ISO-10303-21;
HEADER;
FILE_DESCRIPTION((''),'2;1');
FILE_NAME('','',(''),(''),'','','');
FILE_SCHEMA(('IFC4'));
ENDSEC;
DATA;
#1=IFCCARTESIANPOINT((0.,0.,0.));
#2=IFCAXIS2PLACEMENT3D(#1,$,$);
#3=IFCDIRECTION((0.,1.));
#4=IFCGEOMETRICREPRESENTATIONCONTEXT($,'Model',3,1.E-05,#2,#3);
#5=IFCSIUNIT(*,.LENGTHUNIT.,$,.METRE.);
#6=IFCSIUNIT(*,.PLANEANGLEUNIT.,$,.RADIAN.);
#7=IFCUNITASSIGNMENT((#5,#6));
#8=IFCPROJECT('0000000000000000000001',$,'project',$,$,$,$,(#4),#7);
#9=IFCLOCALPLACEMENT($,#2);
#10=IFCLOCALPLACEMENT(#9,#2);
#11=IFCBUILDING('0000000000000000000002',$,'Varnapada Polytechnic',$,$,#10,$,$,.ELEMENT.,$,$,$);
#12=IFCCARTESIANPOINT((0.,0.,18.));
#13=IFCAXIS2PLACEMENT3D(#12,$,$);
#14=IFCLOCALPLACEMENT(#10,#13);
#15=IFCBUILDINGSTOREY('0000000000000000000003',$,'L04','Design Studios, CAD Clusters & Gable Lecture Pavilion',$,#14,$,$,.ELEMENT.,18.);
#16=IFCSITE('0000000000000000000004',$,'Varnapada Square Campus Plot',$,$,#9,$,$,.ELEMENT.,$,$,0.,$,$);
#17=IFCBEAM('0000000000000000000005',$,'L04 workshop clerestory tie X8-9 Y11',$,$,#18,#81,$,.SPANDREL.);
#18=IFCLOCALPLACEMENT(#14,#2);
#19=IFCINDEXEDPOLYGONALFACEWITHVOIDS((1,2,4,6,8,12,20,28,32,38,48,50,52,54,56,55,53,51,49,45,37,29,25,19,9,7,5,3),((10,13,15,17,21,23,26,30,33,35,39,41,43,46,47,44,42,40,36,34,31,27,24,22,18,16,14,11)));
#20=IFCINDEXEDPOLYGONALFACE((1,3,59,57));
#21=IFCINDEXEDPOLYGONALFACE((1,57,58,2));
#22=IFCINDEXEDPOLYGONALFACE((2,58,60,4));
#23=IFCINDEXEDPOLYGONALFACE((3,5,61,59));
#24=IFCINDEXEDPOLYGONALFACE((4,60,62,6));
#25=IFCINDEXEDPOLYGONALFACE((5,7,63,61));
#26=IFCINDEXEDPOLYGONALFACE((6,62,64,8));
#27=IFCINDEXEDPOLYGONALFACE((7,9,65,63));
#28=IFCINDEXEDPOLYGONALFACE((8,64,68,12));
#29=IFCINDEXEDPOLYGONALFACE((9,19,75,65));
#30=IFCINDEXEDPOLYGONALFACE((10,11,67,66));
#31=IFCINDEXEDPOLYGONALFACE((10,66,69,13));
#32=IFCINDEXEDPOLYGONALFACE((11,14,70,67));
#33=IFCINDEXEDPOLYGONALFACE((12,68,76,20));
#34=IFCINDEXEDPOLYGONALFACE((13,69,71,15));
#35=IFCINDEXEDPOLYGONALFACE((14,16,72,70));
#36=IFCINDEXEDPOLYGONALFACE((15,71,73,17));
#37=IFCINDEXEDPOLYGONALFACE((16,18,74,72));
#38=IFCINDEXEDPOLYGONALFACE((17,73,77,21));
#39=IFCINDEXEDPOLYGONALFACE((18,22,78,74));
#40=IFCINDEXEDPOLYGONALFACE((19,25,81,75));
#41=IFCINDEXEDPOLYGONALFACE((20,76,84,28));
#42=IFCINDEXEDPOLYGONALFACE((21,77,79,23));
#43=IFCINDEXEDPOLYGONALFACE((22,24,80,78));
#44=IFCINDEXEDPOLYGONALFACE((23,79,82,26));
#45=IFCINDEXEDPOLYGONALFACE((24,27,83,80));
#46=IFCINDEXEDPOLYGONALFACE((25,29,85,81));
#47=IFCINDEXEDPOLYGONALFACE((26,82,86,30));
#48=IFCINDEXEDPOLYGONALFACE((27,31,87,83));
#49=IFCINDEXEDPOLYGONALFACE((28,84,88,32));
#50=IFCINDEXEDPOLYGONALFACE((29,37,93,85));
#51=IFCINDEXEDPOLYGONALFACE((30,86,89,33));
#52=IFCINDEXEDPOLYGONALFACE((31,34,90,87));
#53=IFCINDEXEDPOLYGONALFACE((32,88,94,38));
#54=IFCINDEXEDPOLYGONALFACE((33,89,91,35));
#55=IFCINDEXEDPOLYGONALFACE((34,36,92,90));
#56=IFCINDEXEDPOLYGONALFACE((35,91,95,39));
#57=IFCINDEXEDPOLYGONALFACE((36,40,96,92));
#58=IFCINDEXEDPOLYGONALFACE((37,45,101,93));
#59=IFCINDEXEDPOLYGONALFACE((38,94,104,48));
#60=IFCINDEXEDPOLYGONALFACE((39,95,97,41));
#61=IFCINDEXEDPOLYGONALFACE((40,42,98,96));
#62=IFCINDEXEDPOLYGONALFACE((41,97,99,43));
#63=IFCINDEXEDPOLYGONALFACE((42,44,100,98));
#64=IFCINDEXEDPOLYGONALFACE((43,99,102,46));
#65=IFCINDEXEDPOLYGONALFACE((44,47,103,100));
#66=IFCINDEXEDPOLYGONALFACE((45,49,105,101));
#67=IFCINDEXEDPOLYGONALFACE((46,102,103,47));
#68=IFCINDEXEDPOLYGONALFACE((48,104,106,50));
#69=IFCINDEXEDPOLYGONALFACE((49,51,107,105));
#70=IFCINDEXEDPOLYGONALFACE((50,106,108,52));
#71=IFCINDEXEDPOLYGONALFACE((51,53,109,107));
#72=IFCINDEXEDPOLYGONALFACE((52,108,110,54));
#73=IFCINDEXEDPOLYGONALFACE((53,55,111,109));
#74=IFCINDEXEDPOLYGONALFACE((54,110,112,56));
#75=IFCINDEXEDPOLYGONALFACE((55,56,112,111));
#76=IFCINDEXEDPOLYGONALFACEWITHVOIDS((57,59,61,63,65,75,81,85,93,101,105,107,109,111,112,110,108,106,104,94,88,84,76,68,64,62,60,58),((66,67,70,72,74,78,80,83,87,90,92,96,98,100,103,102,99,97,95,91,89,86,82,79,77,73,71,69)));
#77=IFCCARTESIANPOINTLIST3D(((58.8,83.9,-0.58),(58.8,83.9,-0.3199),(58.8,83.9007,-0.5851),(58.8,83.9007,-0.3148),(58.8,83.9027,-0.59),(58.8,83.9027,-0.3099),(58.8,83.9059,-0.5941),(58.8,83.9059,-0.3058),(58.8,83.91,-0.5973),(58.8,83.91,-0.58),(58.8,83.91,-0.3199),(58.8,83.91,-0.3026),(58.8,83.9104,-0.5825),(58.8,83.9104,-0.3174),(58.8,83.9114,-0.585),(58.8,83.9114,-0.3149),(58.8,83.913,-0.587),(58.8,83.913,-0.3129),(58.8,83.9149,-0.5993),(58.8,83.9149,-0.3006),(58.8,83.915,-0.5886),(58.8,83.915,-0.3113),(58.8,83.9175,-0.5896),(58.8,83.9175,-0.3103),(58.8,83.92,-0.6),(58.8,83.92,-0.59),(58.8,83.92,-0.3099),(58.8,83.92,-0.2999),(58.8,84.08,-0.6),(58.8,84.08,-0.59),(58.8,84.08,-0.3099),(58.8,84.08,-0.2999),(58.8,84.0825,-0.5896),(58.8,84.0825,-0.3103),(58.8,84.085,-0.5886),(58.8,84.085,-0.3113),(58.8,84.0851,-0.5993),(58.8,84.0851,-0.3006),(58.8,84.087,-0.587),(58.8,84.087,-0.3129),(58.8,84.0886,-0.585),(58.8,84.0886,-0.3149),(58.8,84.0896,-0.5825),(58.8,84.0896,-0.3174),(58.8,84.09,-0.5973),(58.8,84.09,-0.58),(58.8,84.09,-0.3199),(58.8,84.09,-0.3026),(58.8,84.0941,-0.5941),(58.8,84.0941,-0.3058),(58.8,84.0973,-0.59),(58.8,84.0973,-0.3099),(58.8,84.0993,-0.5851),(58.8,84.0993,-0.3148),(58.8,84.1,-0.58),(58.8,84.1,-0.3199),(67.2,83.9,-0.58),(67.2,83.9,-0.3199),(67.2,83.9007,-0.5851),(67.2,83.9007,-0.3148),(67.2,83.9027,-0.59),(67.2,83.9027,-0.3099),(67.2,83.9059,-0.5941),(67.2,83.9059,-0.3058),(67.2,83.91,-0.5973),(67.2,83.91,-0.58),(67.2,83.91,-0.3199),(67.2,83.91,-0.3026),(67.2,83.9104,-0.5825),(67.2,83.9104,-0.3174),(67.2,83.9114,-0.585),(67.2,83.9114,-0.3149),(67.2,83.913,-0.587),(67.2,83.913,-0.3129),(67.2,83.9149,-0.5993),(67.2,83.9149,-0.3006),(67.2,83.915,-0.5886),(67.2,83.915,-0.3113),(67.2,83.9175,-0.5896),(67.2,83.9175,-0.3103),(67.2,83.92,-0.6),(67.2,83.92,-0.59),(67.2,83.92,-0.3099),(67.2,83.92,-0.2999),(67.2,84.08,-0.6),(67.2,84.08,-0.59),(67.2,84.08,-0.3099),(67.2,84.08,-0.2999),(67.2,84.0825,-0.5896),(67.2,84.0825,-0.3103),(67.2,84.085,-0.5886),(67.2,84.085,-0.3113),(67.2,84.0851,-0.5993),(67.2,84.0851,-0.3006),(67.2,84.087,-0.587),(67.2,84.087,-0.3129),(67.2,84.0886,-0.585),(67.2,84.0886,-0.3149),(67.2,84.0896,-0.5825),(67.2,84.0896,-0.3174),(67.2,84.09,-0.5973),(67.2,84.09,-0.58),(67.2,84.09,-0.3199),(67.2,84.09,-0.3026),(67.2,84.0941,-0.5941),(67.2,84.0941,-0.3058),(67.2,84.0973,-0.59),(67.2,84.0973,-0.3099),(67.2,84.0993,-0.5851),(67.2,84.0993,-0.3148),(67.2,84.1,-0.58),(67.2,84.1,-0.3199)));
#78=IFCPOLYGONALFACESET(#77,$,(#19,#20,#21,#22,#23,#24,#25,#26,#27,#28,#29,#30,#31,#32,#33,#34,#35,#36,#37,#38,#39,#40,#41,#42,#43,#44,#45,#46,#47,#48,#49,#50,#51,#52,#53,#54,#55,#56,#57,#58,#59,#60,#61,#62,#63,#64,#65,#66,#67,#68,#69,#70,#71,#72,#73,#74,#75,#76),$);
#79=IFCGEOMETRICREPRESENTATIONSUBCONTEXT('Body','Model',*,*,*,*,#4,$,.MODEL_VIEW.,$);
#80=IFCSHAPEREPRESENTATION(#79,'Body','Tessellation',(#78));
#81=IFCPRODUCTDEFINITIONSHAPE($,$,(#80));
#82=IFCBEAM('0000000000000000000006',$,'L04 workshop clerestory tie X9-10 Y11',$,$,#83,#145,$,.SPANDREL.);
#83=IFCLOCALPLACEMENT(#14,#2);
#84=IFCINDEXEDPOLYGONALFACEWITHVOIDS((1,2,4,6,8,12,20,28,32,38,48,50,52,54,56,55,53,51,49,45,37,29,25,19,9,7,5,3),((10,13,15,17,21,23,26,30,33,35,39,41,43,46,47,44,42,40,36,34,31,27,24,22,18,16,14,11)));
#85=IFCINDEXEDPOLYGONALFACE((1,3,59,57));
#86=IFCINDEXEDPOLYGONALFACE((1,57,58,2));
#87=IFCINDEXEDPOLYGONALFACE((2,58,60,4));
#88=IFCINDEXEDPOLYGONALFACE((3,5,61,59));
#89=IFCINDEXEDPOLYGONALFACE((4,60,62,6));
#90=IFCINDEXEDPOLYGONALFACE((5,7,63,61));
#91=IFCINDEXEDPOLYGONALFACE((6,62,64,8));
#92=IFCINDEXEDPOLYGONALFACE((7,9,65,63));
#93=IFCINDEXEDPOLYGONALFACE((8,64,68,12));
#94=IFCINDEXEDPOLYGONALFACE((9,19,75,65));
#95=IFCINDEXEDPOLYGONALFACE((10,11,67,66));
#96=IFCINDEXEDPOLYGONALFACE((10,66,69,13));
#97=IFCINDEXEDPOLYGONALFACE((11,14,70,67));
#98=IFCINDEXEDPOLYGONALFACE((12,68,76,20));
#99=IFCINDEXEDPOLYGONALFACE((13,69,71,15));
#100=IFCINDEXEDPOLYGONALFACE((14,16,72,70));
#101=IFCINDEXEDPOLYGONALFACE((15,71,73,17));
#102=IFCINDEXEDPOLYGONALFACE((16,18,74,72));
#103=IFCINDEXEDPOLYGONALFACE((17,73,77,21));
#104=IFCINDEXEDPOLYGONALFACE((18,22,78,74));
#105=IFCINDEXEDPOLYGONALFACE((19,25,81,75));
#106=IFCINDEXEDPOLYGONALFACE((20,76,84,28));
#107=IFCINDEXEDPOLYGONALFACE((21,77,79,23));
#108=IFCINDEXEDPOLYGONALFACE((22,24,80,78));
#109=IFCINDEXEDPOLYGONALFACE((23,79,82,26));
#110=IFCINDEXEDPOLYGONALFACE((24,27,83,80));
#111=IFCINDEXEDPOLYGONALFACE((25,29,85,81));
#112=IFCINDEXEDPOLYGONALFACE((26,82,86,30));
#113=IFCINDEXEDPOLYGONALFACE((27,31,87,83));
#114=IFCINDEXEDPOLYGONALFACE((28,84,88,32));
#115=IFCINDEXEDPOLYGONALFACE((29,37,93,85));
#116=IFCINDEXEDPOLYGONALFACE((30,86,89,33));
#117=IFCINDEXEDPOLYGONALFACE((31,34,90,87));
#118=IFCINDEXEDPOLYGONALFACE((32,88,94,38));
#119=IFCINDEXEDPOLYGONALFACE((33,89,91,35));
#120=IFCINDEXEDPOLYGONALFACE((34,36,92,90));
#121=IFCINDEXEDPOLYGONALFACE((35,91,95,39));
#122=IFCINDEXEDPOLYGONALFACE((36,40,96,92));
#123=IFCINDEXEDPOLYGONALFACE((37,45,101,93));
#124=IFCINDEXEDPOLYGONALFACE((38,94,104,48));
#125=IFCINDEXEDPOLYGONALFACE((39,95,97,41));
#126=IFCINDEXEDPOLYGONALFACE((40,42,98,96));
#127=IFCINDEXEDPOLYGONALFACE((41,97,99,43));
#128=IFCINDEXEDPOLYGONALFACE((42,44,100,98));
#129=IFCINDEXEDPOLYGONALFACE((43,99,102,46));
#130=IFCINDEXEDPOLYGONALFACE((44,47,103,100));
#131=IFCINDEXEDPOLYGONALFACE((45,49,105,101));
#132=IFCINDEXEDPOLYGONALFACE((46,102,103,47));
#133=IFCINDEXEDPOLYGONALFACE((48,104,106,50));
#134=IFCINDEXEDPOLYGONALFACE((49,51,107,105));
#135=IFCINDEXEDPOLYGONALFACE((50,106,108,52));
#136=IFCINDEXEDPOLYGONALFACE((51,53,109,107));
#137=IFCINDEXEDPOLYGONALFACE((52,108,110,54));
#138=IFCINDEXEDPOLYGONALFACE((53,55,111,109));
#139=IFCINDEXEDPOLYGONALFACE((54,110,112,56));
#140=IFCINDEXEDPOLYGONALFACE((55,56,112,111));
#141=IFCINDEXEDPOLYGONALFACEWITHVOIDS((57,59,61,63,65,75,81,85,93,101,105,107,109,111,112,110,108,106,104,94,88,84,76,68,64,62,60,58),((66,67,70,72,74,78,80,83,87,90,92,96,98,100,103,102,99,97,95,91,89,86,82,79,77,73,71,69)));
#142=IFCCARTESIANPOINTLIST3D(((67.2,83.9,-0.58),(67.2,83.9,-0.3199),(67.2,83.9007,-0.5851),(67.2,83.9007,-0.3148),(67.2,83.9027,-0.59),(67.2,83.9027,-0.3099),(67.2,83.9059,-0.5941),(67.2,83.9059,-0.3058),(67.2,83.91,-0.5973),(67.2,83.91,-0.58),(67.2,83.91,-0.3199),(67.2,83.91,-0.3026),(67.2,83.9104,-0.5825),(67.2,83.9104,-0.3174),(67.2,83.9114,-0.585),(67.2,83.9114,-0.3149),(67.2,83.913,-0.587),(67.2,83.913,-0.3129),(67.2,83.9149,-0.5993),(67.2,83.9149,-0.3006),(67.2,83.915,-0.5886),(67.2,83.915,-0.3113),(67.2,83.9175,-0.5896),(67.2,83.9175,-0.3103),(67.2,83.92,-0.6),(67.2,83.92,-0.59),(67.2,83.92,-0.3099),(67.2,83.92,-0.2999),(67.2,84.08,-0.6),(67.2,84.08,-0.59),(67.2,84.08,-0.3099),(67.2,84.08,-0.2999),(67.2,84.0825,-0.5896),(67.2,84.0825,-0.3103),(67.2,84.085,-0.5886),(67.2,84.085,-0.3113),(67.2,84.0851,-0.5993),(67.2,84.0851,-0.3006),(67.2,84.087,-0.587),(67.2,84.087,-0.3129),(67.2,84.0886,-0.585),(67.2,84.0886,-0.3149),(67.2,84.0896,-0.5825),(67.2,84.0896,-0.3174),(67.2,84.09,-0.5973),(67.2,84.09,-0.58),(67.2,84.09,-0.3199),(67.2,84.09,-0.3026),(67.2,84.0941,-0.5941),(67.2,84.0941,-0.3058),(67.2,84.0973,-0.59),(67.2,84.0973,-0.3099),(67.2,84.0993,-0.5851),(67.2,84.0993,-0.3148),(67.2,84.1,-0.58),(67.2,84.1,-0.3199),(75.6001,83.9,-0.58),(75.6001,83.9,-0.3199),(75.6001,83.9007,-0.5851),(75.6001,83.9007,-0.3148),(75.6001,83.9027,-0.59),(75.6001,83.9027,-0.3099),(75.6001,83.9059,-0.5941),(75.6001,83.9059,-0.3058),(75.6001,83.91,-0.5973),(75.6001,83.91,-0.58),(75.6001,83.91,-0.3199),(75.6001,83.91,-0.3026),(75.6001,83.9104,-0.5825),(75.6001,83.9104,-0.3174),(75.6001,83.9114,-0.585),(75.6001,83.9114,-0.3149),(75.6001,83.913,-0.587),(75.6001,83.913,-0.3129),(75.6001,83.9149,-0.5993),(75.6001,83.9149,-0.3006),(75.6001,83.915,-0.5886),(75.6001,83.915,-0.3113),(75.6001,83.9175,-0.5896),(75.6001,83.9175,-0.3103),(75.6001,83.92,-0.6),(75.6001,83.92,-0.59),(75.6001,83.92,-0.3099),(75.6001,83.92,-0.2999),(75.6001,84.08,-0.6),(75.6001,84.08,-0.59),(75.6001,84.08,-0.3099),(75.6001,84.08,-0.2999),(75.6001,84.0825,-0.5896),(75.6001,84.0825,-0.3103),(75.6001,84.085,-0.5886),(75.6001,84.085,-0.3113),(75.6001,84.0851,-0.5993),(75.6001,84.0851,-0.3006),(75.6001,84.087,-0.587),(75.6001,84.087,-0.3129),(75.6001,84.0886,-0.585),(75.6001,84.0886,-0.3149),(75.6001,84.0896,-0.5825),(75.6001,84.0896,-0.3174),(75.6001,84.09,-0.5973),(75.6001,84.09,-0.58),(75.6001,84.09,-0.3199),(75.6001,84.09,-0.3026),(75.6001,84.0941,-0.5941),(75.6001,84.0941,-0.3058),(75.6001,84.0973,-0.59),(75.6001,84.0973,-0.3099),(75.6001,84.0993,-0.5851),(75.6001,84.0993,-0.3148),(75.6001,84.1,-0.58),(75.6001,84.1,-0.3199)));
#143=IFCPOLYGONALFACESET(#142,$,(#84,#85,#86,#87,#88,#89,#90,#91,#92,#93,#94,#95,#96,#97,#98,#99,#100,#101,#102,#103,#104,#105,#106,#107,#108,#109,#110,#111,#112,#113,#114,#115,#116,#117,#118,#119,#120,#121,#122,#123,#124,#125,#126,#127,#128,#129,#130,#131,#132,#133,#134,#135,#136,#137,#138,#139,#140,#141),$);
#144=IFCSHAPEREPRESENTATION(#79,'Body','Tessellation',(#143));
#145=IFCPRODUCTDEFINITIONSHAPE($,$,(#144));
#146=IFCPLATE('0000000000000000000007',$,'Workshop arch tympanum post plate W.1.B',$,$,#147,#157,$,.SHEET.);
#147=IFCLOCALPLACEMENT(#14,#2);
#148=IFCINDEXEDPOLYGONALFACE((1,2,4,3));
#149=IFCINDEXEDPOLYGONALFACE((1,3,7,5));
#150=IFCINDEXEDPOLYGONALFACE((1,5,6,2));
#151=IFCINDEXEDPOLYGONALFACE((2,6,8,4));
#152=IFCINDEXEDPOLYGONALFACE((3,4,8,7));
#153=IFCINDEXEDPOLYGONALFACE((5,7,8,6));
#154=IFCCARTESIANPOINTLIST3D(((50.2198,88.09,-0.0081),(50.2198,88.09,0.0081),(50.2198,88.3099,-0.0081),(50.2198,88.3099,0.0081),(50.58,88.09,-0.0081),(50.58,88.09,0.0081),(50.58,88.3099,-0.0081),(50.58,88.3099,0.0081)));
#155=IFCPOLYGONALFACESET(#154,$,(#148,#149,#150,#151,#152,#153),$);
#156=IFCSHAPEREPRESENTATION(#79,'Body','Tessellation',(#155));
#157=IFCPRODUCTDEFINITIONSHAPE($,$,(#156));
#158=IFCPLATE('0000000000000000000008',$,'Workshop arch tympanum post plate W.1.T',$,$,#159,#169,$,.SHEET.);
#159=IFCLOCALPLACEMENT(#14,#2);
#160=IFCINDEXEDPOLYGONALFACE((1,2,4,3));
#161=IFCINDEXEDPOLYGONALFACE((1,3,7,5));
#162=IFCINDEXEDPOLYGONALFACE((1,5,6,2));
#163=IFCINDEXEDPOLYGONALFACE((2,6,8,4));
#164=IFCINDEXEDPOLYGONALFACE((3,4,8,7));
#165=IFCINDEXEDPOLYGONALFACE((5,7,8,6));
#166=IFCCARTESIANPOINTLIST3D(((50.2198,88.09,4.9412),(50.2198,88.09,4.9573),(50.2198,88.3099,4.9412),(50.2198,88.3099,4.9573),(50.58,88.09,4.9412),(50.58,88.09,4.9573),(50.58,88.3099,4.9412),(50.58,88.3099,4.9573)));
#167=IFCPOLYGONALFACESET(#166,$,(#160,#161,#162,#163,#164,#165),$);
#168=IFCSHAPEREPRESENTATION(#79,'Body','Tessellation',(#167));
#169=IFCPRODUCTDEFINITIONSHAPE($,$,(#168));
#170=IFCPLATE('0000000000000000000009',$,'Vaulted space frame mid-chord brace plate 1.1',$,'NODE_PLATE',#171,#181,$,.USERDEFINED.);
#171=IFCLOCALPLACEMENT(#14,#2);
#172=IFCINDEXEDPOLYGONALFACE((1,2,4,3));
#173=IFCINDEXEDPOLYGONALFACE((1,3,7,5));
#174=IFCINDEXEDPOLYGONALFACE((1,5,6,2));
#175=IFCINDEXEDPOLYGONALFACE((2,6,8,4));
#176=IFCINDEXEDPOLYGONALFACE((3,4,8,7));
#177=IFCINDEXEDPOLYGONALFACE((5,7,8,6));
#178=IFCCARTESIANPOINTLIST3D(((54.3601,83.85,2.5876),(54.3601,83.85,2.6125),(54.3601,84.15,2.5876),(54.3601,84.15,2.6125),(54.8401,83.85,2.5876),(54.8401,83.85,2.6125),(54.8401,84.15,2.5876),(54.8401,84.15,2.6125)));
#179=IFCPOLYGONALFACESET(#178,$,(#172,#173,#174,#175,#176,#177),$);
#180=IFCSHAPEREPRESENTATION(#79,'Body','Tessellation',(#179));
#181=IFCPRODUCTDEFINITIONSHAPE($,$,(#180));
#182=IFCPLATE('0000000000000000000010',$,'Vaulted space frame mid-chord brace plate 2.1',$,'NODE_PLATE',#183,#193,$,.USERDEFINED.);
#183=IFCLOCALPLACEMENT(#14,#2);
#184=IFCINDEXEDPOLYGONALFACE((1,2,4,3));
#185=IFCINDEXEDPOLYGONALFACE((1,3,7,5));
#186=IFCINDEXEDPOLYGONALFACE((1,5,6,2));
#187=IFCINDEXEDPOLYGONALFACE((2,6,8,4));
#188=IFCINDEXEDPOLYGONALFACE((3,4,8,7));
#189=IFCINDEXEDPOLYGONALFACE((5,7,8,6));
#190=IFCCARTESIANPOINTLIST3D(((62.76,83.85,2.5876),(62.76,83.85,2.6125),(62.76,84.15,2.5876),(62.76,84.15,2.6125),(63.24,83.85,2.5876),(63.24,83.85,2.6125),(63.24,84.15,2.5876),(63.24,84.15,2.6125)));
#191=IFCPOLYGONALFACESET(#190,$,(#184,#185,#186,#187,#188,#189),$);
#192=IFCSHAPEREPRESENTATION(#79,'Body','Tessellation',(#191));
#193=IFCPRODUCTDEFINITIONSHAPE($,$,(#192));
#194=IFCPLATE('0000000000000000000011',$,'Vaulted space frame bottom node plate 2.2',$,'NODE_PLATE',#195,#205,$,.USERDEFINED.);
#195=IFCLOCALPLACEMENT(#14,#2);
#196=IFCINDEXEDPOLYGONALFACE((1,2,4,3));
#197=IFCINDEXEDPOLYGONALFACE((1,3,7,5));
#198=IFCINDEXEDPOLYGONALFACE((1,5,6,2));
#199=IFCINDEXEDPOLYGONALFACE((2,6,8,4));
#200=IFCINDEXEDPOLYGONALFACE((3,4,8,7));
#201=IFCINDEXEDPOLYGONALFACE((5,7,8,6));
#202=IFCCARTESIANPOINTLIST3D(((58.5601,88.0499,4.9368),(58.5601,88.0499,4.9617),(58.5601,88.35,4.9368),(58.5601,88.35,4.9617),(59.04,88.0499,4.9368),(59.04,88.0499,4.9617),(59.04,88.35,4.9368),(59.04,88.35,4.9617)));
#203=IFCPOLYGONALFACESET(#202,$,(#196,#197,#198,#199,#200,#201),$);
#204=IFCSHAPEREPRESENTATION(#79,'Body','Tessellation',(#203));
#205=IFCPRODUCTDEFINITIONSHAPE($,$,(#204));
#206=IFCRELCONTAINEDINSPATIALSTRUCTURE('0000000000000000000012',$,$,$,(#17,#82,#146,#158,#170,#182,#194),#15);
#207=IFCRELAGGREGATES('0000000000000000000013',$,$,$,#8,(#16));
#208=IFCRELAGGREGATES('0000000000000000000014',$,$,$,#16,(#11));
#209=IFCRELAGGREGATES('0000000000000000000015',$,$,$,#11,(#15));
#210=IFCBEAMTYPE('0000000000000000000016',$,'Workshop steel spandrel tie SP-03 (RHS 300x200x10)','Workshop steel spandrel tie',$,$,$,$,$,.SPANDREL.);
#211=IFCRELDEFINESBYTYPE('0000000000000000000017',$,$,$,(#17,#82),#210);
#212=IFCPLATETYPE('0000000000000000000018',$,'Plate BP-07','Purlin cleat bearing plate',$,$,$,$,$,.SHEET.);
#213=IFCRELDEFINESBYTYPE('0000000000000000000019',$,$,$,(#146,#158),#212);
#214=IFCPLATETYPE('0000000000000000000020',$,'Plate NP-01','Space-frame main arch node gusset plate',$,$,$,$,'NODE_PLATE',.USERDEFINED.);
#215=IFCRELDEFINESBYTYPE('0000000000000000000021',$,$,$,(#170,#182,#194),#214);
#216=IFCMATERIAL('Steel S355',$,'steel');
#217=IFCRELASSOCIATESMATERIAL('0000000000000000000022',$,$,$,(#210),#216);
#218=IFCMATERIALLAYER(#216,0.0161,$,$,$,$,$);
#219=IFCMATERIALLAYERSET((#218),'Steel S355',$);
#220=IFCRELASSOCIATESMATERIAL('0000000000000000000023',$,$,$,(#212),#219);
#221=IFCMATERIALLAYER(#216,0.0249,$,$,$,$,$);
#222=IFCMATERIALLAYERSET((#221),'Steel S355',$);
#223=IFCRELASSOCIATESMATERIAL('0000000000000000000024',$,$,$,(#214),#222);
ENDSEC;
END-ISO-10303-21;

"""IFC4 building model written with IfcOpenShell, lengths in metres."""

from ifc_helpers import new_model, si_unit, direction, frame, origin, origin_2d, place, context, subcontext, project, spatial, rectangle, hollow_rectangle, extrude, material, layer, layer_set, material_profile, profile_set, type_object, element, save


model = new_model("IFC4")

# Units and contexts
model_context = context("Model", 3, precision=1e-05, world=origin(), true_north=direction((0.0, 1.0)))
body_context = subcontext(model_context, "Body", "Model", "MODEL_VIEW")
ifc_project = project(units=[si_unit("LENGTHUNIT", "METRE"), si_unit("PLANEANGLEUNIT", "RADIAN")], contexts=[model_context])

# Site, building, storey
site_placement = place(None, origin())
site = spatial("IfcSite", under=ifc_project, at=site_placement, Name="Varnapada Square Campus Plot", CompositionType="ELEMENT", RefElevation=0.0)
building_placement = place(site_placement, origin())
building = spatial("IfcBuilding", under=site, at=building_placement, Name="Varnapada Polytechnic", CompositionType="ELEMENT")
storey_placement = place(building_placement, frame((0.0, 0.0, 18.0)))
storey = spatial("IfcBuildingStorey", under=building, at=storey_placement, Name="L04", Description="Design Studios, CAD Clusters & Gable Lecture Pavilion", CompositionType="ELEMENT", Elevation=18.0)

# Shared definitions
ifc_material = material(Name="Steel S355", Category="steel")

# Beams
ifc_material_profile_1 = material_profile(ifc_material, hollow_rectangle(XDim=0.2, YDim=0.3, WallThickness=0.01, InnerFilletRadius=0.01, OuterFilletRadius=0.02, at=origin_2d()), Name="RHS 300x200x10")
ifc_profile_set_1 = profile_set([ifc_material_profile_1], Name="Steel S355")
beam_type_1 = type_object("IfcBeamType", Name="Workshop steel spandrel tie SP-03 (RHS 300x200x10)", Description="Workshop steel spandrel tie", PredefinedType="SPANDREL", material=ifc_profile_set_1)
beam_1_placement = place(storey_placement, frame((58.8, 84.0, -0.45), z_axis=(1.0, 0.0, 0.0), x_axis=(0.0, 1.0, 0.0)))
element("IfcBeam", 1, at=beam_1_placement, inside=storey, type_object=beam_type_1, Name="L04 workshop clerestory tie X8-9 Y11", PredefinedType="SPANDREL", context=body_context, shape_type="SweptSolid", body=[
    extrude(hollow_rectangle(XDim=0.2, YDim=0.3, WallThickness=0.01, InnerFilletRadius=0.01, OuterFilletRadius=0.02, at=origin_2d()), origin(), (0.0, 0.0, 1.0), 8.3999),
])
beam_2_placement = place(storey_placement, frame((67.2, 84.0, -0.45), z_axis=(1.0, 0.0, 0.0), x_axis=(0.0, 1.0, 0.0)))
element("IfcBeam", 2, at=beam_2_placement, inside=storey, type_object=beam_type_1, Name="L04 workshop clerestory tie X9-10 Y11", PredefinedType="SPANDREL", context=body_context, shape_type="SweptSolid", body=[
    extrude(hollow_rectangle(XDim=0.2, YDim=0.3, WallThickness=0.01, InnerFilletRadius=0.01, OuterFilletRadius=0.02, at=origin_2d()), origin(), (0.0, 0.0, 1.0), 8.4001),
])

# Plates
ifc_layer_1 = layer(ifc_material, 0.0161)
ifc_layer_set_1 = layer_set([ifc_layer_1], Name="Steel S355")
plate_type_1 = type_object("IfcPlateType", Name="Plate BP-07", Description="Purlin cleat bearing plate", PredefinedType="SHEET", material=ifc_layer_set_1)
for number, where, z_axis, x_axis, name in (
    (3, (50.3999, 88.2, -0.0081), (0.0, 0.0, 1.0), (1.0, 0.0, 0.0), "Workshop arch tympanum post plate W.1.B"),
    (4, (50.3999, 88.2, 4.9412), (0.0, 0.0, 1.0), (1.0, 0.0, 0.0), "Workshop arch tympanum post plate W.1.T"),
):
    element("IfcPlate", number, at=place(storey_placement, frame(where, z_axis=z_axis, x_axis=x_axis)), inside=storey, type_object=plate_type_1, Name=name, PredefinedType="SHEET", context=body_context, shape_type="SweptSolid", body=[
        extrude(rectangle(XDim=0.3601, YDim=0.22, at=origin_2d()), origin(), (0.0, 0.0, 1.0), 0.0161),
    ])
ifc_layer_2 = layer(ifc_material, 0.0249)
ifc_layer_set_2 = layer_set([ifc_layer_2], Name="Steel S355")
plate_type_2 = type_object("IfcPlateType", Name="Plate NP-01", Description="Space-frame main arch node gusset plate", ElementType="NODE_PLATE", PredefinedType="USERDEFINED", material=ifc_layer_set_2)
for number, where, z_axis, x_axis, name in (
    (5, (54.6001, 84.0, 2.5876), (0.0, 0.0, 1.0), (1.0, 0.0, 0.0), "Vaulted space frame mid-chord brace plate 1.1"),
    (6, (63.0, 84.0, 2.5876), (0.0, 0.0, 1.0), (1.0, 0.0, 0.0), "Vaulted space frame mid-chord brace plate 2.1"),
    (7, (58.8, 88.2, 4.9368), (0.0, 0.0, 1.0), (1.0, 0.0, 0.0), "Vaulted space frame bottom node plate 2.2"),
):
    element("IfcPlate", number, at=place(storey_placement, frame(where, z_axis=z_axis, x_axis=x_axis)), inside=storey, type_object=plate_type_2, Name=name, ObjectType="NODE_PLATE", PredefinedType="USERDEFINED", context=body_context, shape_type="SweptSolid", body=[
        extrude(rectangle(XDim=0.48, YDim=0.3, at=origin_2d()), origin(), (0.0, 0.0, 1.0), 0.0249),
    ])

save(model, "model.ifc")
